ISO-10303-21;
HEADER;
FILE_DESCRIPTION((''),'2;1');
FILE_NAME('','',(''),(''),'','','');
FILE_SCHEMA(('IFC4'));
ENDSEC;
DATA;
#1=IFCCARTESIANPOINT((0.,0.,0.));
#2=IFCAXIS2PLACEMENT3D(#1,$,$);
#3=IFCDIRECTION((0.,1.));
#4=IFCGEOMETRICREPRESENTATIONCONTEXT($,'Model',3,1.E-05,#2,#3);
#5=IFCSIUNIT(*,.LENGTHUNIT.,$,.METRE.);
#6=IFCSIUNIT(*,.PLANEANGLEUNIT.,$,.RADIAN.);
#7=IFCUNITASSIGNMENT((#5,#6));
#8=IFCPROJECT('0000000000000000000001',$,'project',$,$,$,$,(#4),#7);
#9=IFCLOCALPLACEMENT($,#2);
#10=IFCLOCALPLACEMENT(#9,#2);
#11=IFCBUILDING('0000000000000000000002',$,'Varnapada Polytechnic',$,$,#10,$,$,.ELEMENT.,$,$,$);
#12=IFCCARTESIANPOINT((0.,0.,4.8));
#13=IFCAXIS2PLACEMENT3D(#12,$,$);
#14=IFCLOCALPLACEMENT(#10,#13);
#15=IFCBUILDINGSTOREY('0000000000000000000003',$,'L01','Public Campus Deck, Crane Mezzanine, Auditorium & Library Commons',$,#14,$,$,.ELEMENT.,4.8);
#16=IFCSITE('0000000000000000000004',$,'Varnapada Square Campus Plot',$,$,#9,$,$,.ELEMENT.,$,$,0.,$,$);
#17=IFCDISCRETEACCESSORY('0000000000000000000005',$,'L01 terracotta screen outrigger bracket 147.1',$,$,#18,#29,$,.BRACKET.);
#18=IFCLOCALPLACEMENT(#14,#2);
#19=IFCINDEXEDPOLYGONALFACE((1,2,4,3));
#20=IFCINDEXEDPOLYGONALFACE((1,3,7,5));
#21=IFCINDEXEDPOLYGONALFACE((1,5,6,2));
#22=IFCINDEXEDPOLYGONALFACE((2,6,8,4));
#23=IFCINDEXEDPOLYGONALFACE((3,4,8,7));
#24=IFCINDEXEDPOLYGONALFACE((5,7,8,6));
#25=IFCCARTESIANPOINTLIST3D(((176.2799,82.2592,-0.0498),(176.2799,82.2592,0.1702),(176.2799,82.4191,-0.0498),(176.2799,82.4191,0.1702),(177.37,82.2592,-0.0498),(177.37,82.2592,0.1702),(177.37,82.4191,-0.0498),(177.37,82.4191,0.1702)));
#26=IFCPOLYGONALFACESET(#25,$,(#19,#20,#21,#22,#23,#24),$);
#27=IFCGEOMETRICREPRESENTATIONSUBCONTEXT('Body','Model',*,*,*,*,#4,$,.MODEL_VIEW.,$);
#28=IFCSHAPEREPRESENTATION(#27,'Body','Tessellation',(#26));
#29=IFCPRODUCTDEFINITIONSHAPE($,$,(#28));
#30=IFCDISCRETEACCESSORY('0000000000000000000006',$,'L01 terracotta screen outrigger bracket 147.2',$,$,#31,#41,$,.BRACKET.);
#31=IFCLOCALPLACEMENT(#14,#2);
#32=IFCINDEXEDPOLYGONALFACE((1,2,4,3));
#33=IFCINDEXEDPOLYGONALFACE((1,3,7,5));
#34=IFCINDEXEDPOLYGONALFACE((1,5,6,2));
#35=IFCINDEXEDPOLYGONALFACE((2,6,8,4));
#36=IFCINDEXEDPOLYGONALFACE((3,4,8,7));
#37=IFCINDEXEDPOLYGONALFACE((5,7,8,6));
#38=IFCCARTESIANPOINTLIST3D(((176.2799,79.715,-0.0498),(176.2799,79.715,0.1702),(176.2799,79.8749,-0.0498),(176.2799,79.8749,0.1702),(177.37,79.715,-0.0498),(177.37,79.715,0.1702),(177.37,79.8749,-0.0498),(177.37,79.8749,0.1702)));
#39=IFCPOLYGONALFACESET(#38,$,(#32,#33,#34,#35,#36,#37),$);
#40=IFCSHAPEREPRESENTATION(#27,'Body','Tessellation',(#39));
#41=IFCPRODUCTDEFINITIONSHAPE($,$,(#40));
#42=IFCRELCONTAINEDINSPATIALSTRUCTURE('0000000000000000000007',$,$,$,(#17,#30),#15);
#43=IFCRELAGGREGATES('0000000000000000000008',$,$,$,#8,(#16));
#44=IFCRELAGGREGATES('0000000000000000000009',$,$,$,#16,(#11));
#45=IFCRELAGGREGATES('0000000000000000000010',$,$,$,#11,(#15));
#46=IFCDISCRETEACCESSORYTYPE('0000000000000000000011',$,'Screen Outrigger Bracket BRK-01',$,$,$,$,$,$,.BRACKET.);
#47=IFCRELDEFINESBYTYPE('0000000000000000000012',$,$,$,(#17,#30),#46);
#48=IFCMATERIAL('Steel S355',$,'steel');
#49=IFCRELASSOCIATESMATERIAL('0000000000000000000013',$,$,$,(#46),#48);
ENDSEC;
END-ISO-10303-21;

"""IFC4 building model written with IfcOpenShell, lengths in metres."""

from ifc_helpers import new_model, si_unit, direction, frame, origin, origin_2d, place, context, subcontext, project, spatial, rectangle, extrude, material, type_object, element, save


model = new_model("IFC4")

# Units and contexts
model_context = context("Model", 3, precision=1e-05, world=origin(), true_north=direction((0.0, 1.0)))
body_context = subcontext(model_context, "Body", "Model", "MODEL_VIEW")
ifc_project = project(units=[si_unit("LENGTHUNIT", "METRE"), si_unit("PLANEANGLEUNIT", "RADIAN")], contexts=[model_context])

# Site, building, storey
site_placement = place(None, origin())
site = spatial("IfcSite", under=ifc_project, at=site_placement, Name="Varnapada Square Campus Plot", CompositionType="ELEMENT", RefElevation=0.0)
building_placement = place(site_placement, origin())
building = spatial("IfcBuilding", under=site, at=building_placement, Name="Varnapada Polytechnic", CompositionType="ELEMENT")
storey_placement = place(building_placement, frame((0.0, 0.0, 4.8)))
storey = spatial("IfcBuildingStorey", under=building, at=storey_placement, Name="L01", Description="Public Campus Deck, Crane Mezzanine, Auditorium & Library Commons", CompositionType="ELEMENT", Elevation=4.8)

# Shared definitions
ifc_material_1 = material(Name="Steel S355", Category="steel")

# Discrete accessories
discrete_accessory_type = type_object("IfcDiscreteAccessoryType", Name="Screen Outrigger Bracket BRK-01", PredefinedType="BRACKET", material=ifc_material_1)
for number, where, z_axis, x_axis, name in (
    (1, (176.825, 82.3391, -0.0498), (0.0, 0.0, 1.0), (0.0, -1.0, 0.0), "L01 terracotta screen outrigger bracket 147.1"),
    (2, (176.825, 79.7949, -0.0498), (0.0, 0.0, 1.0), (0.0, -1.0, 0.0), "L01 terracotta screen outrigger bracket 147.2"),
):
    element("IfcDiscreteAccessory", number, at=place(storey_placement, frame(where, z_axis=z_axis, x_axis=x_axis)), inside=storey, type_object=discrete_accessory_type, Name=name, PredefinedType="BRACKET", context=body_context, shape_type="SweptSolid", body=[
        extrude(rectangle(XDim=0.1599, YDim=1.0901, at=origin_2d()), origin(), (0.0, 0.0, 1.0), 0.22),
    ])

save(model, "model.ifc")
